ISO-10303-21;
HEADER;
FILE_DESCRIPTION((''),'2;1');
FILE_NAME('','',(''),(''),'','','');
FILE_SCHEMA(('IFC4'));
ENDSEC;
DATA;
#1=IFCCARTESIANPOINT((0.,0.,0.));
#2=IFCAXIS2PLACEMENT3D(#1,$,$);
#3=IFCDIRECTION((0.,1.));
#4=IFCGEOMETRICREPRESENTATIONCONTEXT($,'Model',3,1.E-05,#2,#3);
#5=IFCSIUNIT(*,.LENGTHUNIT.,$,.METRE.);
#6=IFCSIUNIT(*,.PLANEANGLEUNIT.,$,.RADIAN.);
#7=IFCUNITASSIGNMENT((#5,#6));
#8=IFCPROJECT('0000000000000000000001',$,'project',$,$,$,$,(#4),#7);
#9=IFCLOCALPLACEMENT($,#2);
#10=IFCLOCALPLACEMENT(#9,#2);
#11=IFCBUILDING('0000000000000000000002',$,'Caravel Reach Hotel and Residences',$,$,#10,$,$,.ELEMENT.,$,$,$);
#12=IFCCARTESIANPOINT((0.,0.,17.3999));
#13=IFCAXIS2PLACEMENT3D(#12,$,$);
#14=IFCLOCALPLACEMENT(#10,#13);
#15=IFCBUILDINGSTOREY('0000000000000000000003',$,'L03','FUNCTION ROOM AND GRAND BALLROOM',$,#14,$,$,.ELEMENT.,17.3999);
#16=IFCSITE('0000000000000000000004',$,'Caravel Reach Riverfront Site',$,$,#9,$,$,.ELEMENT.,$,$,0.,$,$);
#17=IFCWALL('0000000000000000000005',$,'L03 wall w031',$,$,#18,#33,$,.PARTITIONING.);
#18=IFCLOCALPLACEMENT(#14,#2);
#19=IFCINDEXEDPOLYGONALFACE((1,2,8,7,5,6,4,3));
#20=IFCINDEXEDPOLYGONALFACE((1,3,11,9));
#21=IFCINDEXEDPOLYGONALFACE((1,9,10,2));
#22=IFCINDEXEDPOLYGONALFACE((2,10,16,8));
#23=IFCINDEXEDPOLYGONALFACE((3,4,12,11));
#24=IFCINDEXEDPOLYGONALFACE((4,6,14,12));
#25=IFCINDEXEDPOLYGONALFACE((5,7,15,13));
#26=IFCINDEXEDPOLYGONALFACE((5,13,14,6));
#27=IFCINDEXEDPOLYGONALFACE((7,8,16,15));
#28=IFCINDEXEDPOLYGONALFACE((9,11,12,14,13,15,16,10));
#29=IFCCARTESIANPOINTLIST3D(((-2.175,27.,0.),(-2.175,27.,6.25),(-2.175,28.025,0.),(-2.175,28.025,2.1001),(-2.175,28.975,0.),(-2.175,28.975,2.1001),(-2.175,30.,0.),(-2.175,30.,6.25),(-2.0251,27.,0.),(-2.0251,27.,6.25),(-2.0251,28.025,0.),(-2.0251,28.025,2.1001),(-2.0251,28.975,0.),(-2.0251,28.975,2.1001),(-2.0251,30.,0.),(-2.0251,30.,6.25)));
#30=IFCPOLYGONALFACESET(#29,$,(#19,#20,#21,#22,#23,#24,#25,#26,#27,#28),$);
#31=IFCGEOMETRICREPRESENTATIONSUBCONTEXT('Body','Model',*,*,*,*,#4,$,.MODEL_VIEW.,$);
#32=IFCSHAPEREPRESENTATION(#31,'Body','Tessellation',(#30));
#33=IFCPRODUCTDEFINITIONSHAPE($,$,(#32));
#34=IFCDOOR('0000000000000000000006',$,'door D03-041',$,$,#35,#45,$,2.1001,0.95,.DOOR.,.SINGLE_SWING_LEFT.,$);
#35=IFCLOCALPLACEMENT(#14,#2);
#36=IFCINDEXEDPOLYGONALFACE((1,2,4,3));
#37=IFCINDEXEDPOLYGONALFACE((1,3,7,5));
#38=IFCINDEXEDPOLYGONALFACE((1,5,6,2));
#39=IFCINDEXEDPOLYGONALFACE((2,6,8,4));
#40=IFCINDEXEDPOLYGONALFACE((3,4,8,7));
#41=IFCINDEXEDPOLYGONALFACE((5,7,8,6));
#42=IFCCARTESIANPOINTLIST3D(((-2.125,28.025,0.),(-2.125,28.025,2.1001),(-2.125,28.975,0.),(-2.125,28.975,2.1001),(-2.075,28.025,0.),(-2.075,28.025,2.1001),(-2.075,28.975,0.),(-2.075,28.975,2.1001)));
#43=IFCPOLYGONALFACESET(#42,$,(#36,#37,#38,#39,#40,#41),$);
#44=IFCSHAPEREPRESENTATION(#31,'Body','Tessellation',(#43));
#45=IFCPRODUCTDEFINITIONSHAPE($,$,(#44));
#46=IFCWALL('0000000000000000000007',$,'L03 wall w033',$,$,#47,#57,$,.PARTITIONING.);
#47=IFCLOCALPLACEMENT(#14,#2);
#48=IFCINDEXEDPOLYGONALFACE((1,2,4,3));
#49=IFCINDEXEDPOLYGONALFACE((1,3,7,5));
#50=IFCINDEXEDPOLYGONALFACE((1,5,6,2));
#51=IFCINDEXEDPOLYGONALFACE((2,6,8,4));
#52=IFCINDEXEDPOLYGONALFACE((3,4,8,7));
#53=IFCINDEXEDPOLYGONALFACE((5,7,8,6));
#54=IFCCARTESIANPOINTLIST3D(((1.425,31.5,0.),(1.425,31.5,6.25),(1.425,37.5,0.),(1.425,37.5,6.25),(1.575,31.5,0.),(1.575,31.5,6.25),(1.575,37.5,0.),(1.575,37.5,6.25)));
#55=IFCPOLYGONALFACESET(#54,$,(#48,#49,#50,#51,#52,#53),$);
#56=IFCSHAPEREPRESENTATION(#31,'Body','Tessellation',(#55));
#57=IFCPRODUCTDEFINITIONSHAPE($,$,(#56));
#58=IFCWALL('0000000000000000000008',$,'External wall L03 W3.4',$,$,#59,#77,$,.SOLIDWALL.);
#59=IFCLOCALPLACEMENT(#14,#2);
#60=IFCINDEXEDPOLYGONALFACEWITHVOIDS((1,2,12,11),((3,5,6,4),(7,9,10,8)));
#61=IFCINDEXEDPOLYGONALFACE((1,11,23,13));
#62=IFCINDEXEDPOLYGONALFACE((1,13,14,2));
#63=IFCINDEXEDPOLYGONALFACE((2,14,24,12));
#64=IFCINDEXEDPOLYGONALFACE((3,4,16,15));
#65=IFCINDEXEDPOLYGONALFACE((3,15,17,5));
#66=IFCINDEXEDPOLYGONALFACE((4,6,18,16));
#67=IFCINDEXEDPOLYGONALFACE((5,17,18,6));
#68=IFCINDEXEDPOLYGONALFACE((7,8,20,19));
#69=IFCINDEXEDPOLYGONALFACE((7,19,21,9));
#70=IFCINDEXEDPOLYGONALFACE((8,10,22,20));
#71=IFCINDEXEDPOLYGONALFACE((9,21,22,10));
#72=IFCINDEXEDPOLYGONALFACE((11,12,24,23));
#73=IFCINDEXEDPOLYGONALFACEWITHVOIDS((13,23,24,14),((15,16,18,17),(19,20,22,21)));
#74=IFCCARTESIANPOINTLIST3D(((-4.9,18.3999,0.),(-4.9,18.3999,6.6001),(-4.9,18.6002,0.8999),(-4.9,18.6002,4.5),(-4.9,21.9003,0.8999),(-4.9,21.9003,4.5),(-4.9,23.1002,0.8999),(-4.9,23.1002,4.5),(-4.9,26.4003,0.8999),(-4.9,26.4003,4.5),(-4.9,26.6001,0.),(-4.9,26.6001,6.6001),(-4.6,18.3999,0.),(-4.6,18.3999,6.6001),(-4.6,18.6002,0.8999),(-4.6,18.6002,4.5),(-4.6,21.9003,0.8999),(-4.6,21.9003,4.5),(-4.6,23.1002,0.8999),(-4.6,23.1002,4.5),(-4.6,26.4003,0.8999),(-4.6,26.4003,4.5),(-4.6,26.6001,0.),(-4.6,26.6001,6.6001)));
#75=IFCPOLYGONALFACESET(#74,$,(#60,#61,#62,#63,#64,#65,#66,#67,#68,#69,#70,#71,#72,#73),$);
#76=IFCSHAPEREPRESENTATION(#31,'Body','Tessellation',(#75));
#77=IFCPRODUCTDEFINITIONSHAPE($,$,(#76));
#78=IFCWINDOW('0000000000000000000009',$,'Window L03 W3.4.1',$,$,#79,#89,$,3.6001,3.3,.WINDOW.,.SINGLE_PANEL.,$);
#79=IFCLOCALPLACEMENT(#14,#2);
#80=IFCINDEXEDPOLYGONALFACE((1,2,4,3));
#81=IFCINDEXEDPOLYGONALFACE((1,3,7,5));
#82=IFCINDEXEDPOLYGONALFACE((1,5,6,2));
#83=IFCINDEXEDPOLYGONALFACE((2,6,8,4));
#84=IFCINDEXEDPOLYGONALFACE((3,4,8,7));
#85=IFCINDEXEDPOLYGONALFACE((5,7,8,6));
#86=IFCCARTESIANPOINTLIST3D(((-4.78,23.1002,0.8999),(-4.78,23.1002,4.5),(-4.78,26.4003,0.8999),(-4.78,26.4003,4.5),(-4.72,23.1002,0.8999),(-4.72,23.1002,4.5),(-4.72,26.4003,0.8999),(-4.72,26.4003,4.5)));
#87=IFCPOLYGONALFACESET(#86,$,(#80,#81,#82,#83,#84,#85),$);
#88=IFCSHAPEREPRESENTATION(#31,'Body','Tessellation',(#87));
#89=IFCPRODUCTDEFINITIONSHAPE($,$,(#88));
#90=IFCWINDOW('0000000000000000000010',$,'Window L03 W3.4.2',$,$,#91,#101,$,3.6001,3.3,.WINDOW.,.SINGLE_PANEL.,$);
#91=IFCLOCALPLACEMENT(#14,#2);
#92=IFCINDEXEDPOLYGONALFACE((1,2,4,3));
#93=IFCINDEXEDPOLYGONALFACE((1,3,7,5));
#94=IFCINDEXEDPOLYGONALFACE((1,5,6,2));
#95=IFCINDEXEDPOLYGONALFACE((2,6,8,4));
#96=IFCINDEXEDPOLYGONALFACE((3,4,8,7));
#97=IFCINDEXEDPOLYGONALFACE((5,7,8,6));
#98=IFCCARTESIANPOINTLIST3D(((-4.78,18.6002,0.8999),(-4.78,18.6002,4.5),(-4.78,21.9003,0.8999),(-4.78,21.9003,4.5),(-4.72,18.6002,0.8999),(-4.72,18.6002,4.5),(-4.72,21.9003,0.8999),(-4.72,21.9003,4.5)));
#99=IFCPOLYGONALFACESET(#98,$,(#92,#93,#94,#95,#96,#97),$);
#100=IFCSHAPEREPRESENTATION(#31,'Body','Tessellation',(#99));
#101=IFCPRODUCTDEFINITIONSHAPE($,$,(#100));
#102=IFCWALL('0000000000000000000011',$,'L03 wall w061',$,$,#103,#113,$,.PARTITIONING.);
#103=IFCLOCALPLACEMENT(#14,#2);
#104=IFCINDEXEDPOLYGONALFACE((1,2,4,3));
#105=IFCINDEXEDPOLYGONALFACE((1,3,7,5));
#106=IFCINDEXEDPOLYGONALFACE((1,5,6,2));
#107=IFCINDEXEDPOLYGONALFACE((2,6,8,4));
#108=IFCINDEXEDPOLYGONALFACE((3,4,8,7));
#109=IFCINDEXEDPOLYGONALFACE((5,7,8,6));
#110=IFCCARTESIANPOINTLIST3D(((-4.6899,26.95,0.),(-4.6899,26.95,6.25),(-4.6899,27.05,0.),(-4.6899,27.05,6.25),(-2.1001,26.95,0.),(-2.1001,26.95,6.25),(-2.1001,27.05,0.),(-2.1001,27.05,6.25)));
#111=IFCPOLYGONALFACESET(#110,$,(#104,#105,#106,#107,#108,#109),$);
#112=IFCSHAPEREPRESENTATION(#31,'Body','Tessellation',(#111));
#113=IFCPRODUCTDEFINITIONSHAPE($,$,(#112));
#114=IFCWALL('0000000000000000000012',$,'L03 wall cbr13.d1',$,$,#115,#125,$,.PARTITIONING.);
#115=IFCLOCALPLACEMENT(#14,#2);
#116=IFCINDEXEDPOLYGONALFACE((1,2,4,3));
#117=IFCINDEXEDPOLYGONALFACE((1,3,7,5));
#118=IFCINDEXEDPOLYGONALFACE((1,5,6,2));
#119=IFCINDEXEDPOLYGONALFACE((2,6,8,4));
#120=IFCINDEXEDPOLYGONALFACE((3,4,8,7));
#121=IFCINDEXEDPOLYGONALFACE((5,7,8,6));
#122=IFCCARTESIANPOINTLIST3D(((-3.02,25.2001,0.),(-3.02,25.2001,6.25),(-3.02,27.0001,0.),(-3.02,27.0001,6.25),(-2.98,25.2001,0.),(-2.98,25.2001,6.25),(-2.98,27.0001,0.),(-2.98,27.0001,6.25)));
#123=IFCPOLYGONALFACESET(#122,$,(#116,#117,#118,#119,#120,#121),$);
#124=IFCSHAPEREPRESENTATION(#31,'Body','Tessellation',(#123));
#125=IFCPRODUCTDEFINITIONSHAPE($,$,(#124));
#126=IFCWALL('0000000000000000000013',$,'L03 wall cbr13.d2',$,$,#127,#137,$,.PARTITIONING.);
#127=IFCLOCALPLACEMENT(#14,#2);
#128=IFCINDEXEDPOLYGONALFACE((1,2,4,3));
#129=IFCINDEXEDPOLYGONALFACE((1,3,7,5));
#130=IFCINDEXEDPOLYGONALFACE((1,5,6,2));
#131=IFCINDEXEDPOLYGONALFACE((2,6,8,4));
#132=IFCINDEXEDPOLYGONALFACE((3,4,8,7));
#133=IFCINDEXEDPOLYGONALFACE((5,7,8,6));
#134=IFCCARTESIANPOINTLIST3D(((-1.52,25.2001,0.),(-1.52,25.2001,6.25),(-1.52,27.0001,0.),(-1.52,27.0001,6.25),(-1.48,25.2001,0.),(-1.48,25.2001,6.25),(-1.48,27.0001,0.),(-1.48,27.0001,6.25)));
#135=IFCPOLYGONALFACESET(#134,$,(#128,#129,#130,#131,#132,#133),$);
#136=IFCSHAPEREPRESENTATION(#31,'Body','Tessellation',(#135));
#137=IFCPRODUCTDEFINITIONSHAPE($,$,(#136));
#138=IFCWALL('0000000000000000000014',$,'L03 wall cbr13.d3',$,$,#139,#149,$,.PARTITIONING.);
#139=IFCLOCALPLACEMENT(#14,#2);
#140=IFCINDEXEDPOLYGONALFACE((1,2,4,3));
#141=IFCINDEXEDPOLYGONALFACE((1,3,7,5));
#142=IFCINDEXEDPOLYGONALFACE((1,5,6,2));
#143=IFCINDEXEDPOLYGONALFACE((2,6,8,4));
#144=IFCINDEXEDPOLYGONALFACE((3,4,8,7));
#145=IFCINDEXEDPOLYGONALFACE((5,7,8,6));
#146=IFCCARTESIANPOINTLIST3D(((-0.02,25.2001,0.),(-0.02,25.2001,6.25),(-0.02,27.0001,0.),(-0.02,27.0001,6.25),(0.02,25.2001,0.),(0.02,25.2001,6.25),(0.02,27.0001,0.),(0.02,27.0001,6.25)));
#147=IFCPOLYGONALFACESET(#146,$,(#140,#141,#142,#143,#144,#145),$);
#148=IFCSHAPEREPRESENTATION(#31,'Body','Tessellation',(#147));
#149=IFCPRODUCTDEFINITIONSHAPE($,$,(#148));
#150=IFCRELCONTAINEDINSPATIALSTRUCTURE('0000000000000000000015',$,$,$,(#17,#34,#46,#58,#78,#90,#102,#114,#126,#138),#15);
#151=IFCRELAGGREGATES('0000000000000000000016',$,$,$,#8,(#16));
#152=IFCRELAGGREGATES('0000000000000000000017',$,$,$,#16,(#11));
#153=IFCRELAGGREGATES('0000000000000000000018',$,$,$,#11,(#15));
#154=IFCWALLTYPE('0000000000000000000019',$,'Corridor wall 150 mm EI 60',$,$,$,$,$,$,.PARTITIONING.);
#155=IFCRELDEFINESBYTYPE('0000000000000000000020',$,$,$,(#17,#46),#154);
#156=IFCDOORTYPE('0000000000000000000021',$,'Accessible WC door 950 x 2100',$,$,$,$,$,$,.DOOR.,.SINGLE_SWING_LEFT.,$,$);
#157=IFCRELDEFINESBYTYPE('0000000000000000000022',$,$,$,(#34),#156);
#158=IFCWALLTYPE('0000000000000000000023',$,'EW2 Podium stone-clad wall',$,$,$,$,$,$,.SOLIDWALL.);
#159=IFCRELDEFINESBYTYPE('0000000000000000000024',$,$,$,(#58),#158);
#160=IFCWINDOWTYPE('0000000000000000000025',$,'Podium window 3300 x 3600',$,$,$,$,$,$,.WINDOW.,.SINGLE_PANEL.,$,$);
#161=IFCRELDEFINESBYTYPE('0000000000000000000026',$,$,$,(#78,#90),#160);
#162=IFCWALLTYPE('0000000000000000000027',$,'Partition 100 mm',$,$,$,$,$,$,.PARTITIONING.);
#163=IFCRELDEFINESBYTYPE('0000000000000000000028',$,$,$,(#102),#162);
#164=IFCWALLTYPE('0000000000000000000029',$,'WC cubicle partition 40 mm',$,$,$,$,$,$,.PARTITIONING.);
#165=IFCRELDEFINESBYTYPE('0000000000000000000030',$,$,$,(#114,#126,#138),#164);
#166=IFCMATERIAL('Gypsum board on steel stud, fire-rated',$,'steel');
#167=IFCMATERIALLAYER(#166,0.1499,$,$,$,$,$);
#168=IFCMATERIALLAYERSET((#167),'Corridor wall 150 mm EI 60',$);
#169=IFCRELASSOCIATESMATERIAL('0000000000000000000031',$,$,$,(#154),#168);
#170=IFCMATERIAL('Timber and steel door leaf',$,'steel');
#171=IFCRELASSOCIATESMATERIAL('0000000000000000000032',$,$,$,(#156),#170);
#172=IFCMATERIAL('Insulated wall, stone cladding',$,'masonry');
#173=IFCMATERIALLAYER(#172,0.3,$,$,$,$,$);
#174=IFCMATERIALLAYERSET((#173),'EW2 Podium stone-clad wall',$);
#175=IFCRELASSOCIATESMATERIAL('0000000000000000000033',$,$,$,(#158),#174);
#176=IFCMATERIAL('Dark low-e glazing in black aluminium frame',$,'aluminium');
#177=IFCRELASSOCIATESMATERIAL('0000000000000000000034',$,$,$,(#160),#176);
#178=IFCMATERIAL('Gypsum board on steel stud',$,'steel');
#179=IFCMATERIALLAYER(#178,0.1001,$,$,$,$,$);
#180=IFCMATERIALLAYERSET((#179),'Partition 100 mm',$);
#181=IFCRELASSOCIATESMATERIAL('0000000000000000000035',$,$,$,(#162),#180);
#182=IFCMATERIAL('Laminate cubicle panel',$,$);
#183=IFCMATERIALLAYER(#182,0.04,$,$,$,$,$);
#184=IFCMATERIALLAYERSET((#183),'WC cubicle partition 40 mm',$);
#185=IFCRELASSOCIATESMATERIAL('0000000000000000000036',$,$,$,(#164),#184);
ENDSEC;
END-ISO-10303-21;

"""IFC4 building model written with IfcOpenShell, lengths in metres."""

from ifc_helpers import new_model, si_unit, direction, frame, frame_2d, origin, place, context, subcontext, project, spatial, rectangle, extrude, material, layer, layer_set, type_object, element, fill, save


model = new_model("IFC4")

# Units and contexts
model_context = context("Model", 3, precision=1e-05, world=origin(), true_north=direction((0.0, 1.0)))
body_context = subcontext(model_context, "Body", "Model", "MODEL_VIEW")
ifc_project = project(units=[si_unit("LENGTHUNIT", "METRE"), si_unit("PLANEANGLEUNIT", "RADIAN")], contexts=[model_context])

# Site, building, storey
site_placement = place(None, origin())
site = spatial("IfcSite", under=ifc_project, at=site_placement, Name="Caravel Reach Riverfront Site", CompositionType="ELEMENT", RefElevation=0.0)
building_placement = place(site_placement, origin())
building = spatial("IfcBuilding", under=site, at=building_placement, Name="Caravel Reach Hotel and Residences", CompositionType="ELEMENT")
storey_placement = place(building_placement, frame((0.0, 0.0, 17.3999)))
storey = spatial("IfcBuildingStorey", under=building, at=storey_placement, Name="L03", Description="FUNCTION ROOM AND GRAND BALLROOM", CompositionType="ELEMENT", Elevation=17.3999)

# Shared definitions
ifc_material_1 = material(Name="Gypsum board on steel stud, fire-rated", Category="steel")
ifc_layer_1 = layer(ifc_material_1, 0.1499)
ifc_layer_set_1 = layer_set([ifc_layer_1], Name="Corridor wall 150 mm EI 60")
wall_type_1 = type_object("IfcWallType", Name="Corridor wall 150 mm EI 60", PredefinedType="PARTITIONING", material=ifc_layer_set_1)

# Wall, opening, door
wall_1_placement = place(storey_placement, frame((-2.1001, 27.0, 0.0), z_axis=(0.0, 0.0, 1.0), x_axis=(0.0, 1.0, 0.0)))
wall_1 = element("IfcWall", 1, at=wall_1_placement, inside=storey, type_object=wall_type_1, Name="L03 wall w031", PredefinedType="PARTITIONING", context=body_context, shape_type="SweptSolid", body=[
    extrude(rectangle(XDim=3.0, YDim=0.1499, at=frame_2d((1.5, 0.0))), origin(), (0.0, 0.0, 1.0), 6.25),
])
opening_1_placement = place(wall_1_placement, frame((1.0249, 0.0, 0.0)))
opening_1 = element("IfcOpeningElement", 2, at=opening_1_placement, cuts=wall_1, PredefinedType="OPENING", context=body_context, shape_type="SweptSolid", body=[
    extrude(rectangle(XDim=0.95, YDim=2.1001, at=frame_2d((0.4751, 1.05))), frame((0.0, 0.085, 0.0), z_axis=(0.0, -1.0, 0.0), x_axis=(1.0, 0.0, 0.0)), (0.0, 0.0, 1.0), 0.1699),
])
ifc_material_2 = material(Name="Timber and steel door leaf", Category="steel")
door_type_1 = type_object("IfcDoorType", Name="Accessible WC door 950 x 2100", OperationType="SINGLE_SWING_LEFT", PredefinedType="DOOR", material=ifc_material_2)
door_1_placement = place(opening_1_placement, origin())
door_1 = element("IfcDoor", 3, at=door_1_placement, inside=storey, type_object=door_type_1, Name="door D03-041", OperationType="SINGLE_SWING_LEFT", OverallHeight=2.1001, OverallWidth=0.95, PredefinedType="DOOR", context=body_context, shape_type="SweptSolid", body=[
    extrude(rectangle(XDim=0.95, YDim=2.1001, at=frame_2d((0.4751, 1.05))), frame((0.0, 0.0249, 0.0), z_axis=(0.0, -1.0, 0.0), x_axis=(1.0, 0.0, 0.0)), (0.0, 0.0, 1.0), 0.05),
])
fill(opening_1, door_1)

# Wall
wall_2_placement = place(storey_placement, frame((1.5, 31.5, 0.0), z_axis=(0.0, 0.0, 1.0), x_axis=(0.0, 1.0, 0.0)))
element("IfcWall", 4, at=wall_2_placement, inside=storey, type_object=wall_type_1, Name="L03 wall w033", PredefinedType="PARTITIONING", context=body_context, shape_type="SweptSolid", body=[
    extrude(rectangle(XDim=6.0, YDim=0.1499, at=frame_2d((3.0, 0.0))), origin(), (0.0, 0.0, 1.0), 6.25),
])

# Wall, openings, windows
ifc_material_3 = material(Name="Insulated wall, stone cladding", Category="masonry")
ifc_layer_2 = layer(ifc_material_3, 0.3)
ifc_layer_set_2 = layer_set([ifc_layer_2], Name="EW2 Podium stone-clad wall")
wall_type_2 = type_object("IfcWallType", Name="EW2 Podium stone-clad wall", PredefinedType="SOLIDWALL", material=ifc_layer_set_2)
wall_3_placement = place(storey_placement, frame((-4.75, 26.6001, 0.0), z_axis=(0.0, 0.0, 1.0), x_axis=(0.0, -1.0, 0.0)))
wall_3 = element("IfcWall", 5, at=wall_3_placement, inside=storey, type_object=wall_type_2, Name="External wall L03 W3.4", PredefinedType="SOLIDWALL", context=body_context, shape_type="SweptSolid", body=[
    extrude(rectangle(XDim=8.2002, YDim=0.3, at=frame_2d((4.1001, 0.0))), origin(), (0.0, 0.0, 1.0), 6.6001),
])
opening_2_placement = place(wall_3_placement, frame((0.2, 0.0, 0.8999)))
opening_2 = element("IfcOpeningElement", 6, at=opening_2_placement, cuts=wall_3, PredefinedType="OPENING", context=body_context, shape_type="SweptSolid", body=[
    extrude(rectangle(XDim=3.3, YDim=3.6001, at=frame_2d((1.6499, 1.8))), frame((0.0, 0.1599, 0.0), z_axis=(0.0, -1.0, 0.0), x_axis=(1.0, 0.0, 0.0)), (0.0, 0.0, 1.0), 0.3201),
])
opening_3_placement = place(wall_3_placement, frame((4.7, 0.0, 0.8999)))
opening_3 = element("IfcOpeningElement", 7, at=opening_3_placement, cuts=wall_3, PredefinedType="OPENING", context=body_context, shape_type="SweptSolid", body=[
    extrude(rectangle(XDim=3.3, YDim=3.6001, at=frame_2d((1.6499, 1.8))), frame((0.0, 0.1599, 0.0), z_axis=(0.0, -1.0, 0.0), x_axis=(1.0, 0.0, 0.0)), (0.0, 0.0, 1.0), 0.3201),
])
ifc_material_4 = material(Name="Dark low-e glazing in black aluminium frame", Category="aluminium")
window_type = type_object("IfcWindowType", Name="Podium window 3300 x 3600", PartitioningType="SINGLE_PANEL", PredefinedType="WINDOW", material=ifc_material_4)
window_1_placement = place(opening_2_placement, origin())
window_1 = element("IfcWindow", 8, at=window_1_placement, inside=storey, type_object=window_type, Name="Window L03 W3.4.1", OverallHeight=3.6001, OverallWidth=3.3, PartitioningType="SINGLE_PANEL", PredefinedType="WINDOW", context=body_context, shape_type="SweptSolid", body=[
    extrude(rectangle(XDim=3.3, YDim=3.6001, at=frame_2d((1.6499, 1.8))), frame((0.0, 0.03, 0.0), z_axis=(0.0, -1.0, 0.0), x_axis=(1.0, 0.0, 0.0)), (0.0, 0.0, 1.0), 0.0601),
])
fill(opening_2, window_1)
window_2_placement = place(opening_3_placement, origin())
window_2 = element("IfcWindow", 9, at=window_2_placement, inside=storey, type_object=window_type, Name="Window L03 W3.4.2", OverallHeight=3.6001, OverallWidth=3.3, PartitioningType="SINGLE_PANEL", PredefinedType="WINDOW", context=body_context, shape_type="SweptSolid", body=[
    extrude(rectangle(XDim=3.3, YDim=3.6001, at=frame_2d((1.6499, 1.8))), frame((0.0, 0.03, 0.0), z_axis=(0.0, -1.0, 0.0), x_axis=(1.0, 0.0, 0.0)), (0.0, 0.0, 1.0), 0.0601),
])
fill(opening_3, window_2)

# Walls
ifc_material_5 = material(Name="Gypsum board on steel stud", Category="steel")
ifc_layer_3 = layer(ifc_material_5, 0.1001)
ifc_layer_set_3 = layer_set([ifc_layer_3], Name="Partition 100 mm")
wall_type_3 = type_object("IfcWallType", Name="Partition 100 mm", PredefinedType="PARTITIONING", material=ifc_layer_set_3)
wall_4_placement = place(storey_placement, frame((-4.6899, 27.0, 0.0), z_axis=(0.0, 0.0, 1.0), x_axis=(1.0, 0.0, 0.0)))
element("IfcWall", 10, at=wall_4_placement, inside=storey, type_object=wall_type_3, Name="L03 wall w061", PredefinedType="PARTITIONING", context=body_context, shape_type="SweptSolid", body=[
    extrude(rectangle(XDim=2.5898, YDim=0.1001, at=frame_2d((1.2949, 0.0))), origin(), (0.0, 0.0, 1.0), 6.25),
])
ifc_material_6 = material(Name="Laminate cubicle panel")
ifc_layer_4 = layer(ifc_material_6, 0.04)
ifc_layer_set_4 = layer_set([ifc_layer_4], Name="WC cubicle partition 40 mm")
wall_type_4 = type_object("IfcWallType", Name="WC cubicle partition 40 mm", PredefinedType="PARTITIONING", material=ifc_layer_set_4)
for number, where, z_axis, x_axis, name in (
    (11, (-3.0, 27.0, 0.0), (0.0, 0.0, 1.0), (0.0, -1.0, 0.0), "L03 wall cbr13.d1"),
    (12, (-1.5, 27.0, 0.0), (0.0, 0.0, 1.0), (0.0, -1.0, 0.0), "L03 wall cbr13.d2"),
    (13, (0.0, 27.0, 0.0), (0.0, 0.0, 1.0), (0.0, -1.0, 0.0), "L03 wall cbr13.d3"),
):
    element("IfcWall", number, at=place(storey_placement, frame(where, z_axis=z_axis, x_axis=x_axis)), inside=storey, type_object=wall_type_4, Name=name, PredefinedType="PARTITIONING", context=body_context, shape_type="SweptSolid", body=[
        extrude(rectangle(XDim=1.8, YDim=0.04, at=frame_2d((0.8999, 0.0))), origin(), (0.0, 0.0, 1.0), 6.25),
    ])

save(model, "model.ifc")
